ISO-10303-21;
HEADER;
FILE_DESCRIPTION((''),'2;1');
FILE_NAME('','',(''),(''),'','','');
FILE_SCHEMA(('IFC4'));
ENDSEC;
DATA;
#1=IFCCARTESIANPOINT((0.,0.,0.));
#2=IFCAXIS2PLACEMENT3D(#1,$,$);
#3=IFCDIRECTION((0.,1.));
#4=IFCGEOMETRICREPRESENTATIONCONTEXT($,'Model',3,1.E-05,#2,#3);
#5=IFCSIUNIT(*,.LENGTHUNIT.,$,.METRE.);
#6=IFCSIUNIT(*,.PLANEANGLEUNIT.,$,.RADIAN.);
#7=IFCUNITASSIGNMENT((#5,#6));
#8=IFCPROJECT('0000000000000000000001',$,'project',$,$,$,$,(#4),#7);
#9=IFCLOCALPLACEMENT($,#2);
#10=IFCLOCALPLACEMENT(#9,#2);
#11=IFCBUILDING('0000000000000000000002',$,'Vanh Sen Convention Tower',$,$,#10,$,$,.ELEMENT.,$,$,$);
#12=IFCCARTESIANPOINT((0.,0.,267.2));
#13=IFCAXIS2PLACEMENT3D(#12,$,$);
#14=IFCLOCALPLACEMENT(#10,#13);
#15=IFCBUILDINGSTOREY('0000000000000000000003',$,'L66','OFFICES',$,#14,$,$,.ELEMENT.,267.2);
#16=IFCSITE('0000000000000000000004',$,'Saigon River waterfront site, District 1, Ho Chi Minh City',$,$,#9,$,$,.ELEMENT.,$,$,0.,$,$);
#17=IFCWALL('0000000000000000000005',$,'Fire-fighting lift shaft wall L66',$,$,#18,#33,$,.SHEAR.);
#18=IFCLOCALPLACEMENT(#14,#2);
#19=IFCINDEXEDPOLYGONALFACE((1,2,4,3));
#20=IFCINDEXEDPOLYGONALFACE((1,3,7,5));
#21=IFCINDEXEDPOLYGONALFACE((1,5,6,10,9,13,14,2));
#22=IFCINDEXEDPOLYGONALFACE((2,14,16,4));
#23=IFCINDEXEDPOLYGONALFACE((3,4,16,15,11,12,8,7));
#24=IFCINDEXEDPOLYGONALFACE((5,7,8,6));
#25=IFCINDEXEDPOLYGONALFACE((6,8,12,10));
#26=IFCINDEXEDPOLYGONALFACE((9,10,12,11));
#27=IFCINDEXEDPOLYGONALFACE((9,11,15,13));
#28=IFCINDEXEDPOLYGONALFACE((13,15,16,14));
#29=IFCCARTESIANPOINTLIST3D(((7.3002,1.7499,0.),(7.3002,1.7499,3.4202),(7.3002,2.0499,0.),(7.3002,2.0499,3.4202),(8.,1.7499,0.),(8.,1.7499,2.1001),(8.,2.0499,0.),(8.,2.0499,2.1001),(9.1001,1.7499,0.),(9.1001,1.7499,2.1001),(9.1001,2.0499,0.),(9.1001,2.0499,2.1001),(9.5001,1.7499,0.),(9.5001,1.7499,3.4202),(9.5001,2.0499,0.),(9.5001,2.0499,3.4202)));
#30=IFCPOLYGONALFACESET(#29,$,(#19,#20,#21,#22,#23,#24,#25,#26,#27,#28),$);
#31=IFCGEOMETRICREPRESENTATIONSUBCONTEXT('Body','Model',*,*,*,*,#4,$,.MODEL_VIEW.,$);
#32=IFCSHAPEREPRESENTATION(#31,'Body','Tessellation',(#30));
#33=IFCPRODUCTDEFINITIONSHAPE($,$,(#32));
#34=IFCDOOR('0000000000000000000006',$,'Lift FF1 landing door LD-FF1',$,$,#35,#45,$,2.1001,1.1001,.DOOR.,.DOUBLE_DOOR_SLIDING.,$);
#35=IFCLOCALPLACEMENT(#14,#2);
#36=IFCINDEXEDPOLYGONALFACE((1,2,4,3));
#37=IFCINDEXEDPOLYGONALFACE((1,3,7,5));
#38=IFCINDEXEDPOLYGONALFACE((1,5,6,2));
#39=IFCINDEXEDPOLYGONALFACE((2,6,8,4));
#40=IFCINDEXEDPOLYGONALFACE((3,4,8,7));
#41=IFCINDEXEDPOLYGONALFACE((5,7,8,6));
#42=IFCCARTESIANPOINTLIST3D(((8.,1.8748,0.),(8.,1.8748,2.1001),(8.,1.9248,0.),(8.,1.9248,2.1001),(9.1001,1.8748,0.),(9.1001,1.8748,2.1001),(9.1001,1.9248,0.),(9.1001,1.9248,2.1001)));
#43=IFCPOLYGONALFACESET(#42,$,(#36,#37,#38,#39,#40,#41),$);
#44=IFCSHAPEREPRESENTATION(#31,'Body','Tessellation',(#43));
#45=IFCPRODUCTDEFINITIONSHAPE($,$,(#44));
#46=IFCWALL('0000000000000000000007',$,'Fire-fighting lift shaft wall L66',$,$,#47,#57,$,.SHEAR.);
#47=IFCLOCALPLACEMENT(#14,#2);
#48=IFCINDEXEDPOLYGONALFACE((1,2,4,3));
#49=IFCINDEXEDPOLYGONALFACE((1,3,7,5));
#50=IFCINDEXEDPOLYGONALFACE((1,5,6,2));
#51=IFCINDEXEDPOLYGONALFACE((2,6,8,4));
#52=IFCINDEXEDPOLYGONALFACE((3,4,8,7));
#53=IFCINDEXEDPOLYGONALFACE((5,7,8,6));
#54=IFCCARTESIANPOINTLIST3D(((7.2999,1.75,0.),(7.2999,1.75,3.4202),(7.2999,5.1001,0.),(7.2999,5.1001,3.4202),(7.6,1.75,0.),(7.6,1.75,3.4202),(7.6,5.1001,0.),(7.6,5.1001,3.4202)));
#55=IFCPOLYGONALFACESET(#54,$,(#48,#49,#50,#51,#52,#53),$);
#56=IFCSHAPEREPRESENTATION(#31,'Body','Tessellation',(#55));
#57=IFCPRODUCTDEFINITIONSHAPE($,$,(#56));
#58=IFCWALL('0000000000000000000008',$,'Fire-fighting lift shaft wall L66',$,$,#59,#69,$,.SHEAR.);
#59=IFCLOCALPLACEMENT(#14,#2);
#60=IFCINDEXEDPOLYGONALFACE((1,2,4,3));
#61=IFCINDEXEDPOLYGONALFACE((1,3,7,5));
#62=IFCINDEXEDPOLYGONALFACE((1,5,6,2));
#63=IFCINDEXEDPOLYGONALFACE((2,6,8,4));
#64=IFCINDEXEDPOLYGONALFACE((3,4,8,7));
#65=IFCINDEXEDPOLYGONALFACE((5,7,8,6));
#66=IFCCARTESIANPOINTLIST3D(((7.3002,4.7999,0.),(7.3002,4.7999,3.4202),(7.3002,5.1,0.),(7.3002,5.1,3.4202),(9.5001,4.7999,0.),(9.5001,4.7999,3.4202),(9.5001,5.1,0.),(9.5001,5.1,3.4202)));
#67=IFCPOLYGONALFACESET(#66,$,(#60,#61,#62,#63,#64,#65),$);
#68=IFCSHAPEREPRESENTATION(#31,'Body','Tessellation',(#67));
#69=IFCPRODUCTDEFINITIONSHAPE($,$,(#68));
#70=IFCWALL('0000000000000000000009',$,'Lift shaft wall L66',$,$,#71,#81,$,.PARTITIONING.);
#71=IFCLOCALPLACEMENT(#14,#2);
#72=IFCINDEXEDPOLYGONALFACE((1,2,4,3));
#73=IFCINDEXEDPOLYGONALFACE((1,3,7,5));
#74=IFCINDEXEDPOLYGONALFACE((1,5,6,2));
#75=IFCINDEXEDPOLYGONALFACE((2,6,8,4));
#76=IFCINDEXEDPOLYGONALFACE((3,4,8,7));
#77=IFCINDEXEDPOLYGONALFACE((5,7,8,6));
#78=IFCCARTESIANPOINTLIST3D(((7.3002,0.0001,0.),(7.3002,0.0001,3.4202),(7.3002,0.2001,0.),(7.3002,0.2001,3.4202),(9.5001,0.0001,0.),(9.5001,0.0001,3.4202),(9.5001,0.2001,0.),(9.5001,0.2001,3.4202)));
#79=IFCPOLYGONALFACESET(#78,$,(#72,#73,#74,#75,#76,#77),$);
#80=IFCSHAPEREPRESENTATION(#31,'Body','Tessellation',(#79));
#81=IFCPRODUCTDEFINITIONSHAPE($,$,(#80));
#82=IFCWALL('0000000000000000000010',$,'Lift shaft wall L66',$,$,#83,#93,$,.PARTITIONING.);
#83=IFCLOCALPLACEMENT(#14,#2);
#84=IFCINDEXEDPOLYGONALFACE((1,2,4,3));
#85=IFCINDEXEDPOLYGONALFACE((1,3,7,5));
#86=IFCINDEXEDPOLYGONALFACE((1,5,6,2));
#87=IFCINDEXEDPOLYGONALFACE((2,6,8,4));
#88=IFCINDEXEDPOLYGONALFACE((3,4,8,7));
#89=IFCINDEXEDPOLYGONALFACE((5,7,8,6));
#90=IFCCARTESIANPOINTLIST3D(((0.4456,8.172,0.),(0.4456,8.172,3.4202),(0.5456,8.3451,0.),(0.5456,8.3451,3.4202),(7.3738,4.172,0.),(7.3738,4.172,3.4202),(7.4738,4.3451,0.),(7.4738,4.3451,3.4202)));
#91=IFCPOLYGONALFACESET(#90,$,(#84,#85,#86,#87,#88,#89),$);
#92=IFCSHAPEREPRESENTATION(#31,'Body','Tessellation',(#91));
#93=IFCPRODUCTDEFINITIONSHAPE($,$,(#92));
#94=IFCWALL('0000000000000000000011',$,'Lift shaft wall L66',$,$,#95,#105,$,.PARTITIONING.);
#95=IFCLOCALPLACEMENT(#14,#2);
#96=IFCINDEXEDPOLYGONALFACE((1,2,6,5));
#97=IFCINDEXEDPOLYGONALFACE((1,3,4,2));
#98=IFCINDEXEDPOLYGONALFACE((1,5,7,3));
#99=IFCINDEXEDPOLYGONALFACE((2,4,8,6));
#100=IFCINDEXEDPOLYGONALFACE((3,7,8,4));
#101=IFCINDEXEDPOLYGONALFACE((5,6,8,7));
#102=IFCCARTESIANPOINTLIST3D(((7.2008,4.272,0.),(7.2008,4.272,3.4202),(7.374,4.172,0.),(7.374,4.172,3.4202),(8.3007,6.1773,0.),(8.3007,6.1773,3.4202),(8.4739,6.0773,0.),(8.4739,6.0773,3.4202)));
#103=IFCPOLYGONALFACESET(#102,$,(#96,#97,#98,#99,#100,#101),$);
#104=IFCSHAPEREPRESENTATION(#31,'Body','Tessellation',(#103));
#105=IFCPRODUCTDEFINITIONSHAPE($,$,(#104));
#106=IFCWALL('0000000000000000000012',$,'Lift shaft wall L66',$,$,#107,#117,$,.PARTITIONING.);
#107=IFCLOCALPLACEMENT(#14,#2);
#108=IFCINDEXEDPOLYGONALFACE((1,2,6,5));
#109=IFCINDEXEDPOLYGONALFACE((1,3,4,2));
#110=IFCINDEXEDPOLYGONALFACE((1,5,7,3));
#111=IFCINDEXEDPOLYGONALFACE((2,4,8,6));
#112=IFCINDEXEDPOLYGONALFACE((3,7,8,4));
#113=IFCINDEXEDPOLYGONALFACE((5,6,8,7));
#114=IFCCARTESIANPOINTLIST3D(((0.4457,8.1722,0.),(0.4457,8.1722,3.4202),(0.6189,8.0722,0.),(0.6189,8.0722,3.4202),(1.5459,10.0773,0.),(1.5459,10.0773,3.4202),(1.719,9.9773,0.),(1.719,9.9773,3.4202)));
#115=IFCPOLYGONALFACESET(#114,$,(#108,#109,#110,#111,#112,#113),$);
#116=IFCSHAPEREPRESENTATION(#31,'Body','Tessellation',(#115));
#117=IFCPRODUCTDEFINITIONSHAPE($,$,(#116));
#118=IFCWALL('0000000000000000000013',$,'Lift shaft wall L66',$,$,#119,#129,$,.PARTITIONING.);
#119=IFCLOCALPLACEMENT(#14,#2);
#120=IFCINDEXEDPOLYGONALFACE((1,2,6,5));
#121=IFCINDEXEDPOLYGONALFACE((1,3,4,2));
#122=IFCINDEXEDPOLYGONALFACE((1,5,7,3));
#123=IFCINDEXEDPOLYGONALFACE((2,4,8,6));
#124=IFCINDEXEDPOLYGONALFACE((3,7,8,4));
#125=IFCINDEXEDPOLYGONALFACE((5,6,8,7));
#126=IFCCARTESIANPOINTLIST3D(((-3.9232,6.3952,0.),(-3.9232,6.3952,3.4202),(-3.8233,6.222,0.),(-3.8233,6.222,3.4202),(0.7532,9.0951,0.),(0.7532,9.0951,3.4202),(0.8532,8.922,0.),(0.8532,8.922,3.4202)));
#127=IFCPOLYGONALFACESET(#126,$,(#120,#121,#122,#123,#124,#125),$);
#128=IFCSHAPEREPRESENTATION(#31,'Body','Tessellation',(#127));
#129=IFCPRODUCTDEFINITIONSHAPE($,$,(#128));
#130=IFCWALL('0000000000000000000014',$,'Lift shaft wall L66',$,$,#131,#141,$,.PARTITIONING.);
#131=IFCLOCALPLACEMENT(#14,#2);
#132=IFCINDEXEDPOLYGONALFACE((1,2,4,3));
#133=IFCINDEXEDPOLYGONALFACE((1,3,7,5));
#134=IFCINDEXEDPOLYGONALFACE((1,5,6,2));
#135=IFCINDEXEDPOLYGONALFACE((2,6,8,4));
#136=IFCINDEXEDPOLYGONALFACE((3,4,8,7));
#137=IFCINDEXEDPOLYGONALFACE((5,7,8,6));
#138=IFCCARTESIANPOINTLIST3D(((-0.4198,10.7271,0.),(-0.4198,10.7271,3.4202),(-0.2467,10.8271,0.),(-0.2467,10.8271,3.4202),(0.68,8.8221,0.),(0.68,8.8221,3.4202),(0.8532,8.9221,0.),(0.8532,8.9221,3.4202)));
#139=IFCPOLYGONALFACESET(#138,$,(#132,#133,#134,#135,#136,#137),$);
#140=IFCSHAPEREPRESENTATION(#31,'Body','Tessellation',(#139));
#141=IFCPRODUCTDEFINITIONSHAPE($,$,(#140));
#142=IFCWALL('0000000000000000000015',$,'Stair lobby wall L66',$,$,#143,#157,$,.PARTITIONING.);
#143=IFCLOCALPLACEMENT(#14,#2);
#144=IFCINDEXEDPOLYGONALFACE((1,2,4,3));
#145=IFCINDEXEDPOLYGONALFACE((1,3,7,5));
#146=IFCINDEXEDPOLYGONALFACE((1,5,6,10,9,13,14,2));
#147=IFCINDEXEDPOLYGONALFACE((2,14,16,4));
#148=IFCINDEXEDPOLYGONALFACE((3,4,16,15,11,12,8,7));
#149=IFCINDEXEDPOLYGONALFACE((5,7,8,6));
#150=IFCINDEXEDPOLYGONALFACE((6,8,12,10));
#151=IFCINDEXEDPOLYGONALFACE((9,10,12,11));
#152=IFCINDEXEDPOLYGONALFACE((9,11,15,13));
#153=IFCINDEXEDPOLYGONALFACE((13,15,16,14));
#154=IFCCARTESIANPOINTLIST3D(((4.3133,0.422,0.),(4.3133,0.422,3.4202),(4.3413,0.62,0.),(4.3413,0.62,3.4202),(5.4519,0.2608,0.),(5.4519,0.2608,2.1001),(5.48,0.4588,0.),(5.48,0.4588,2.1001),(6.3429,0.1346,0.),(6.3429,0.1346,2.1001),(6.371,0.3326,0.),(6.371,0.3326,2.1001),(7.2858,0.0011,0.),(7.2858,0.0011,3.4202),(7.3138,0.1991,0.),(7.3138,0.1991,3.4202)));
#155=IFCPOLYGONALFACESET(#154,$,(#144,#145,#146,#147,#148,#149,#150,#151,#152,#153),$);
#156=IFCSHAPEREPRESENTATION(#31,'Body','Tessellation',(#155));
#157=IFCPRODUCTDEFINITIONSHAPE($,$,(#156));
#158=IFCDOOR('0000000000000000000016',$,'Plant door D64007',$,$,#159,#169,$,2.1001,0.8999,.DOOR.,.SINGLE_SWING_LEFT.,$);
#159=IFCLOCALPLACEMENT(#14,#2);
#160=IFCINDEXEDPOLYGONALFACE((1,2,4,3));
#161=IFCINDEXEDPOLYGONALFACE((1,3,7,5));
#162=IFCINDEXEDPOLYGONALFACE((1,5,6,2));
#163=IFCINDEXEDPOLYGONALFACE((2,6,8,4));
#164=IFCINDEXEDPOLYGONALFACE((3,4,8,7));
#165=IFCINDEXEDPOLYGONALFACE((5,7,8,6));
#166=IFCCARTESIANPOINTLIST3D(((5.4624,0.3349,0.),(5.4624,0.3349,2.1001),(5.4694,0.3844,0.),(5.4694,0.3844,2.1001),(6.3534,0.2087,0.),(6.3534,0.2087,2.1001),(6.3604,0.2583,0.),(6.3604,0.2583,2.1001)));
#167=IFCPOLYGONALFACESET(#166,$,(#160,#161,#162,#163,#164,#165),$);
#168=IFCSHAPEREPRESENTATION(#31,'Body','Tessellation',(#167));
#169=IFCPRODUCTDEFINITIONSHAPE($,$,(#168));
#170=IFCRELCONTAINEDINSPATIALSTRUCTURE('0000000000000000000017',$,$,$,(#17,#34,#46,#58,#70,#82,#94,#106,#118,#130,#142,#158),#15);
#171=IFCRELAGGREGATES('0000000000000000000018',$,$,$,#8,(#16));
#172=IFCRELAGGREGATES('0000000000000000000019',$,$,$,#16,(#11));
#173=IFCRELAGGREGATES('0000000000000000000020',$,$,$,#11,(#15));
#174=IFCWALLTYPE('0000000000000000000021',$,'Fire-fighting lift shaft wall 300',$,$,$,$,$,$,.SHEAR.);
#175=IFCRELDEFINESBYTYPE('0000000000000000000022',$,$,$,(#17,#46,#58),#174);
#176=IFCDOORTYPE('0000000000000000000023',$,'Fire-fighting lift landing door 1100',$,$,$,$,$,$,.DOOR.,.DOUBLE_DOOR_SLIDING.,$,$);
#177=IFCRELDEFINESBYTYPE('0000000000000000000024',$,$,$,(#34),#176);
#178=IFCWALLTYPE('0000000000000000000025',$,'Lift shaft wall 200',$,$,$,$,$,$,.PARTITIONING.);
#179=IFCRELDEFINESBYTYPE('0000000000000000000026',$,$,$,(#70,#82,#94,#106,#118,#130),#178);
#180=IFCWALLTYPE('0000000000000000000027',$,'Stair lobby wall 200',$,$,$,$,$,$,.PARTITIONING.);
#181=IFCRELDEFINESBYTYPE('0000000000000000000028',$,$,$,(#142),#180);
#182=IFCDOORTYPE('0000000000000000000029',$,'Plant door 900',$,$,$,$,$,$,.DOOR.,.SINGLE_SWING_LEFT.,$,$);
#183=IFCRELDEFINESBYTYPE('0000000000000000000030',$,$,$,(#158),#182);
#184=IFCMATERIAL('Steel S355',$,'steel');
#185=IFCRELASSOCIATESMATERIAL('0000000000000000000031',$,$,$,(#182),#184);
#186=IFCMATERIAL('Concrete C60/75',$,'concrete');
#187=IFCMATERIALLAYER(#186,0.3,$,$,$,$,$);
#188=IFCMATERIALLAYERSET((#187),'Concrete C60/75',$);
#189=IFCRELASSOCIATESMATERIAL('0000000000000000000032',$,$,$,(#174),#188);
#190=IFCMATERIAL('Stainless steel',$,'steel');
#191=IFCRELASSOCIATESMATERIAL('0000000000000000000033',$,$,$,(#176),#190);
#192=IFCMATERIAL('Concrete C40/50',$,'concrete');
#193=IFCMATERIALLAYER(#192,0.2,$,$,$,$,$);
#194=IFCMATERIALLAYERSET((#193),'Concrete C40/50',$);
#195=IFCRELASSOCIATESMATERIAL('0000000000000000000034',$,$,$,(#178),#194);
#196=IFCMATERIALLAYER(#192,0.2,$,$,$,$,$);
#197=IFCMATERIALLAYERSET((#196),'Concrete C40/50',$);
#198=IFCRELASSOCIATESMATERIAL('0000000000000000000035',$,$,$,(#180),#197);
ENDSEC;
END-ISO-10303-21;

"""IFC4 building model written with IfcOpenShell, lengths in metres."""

from ifc_helpers import new_model, si_unit, direction, frame, frame_2d, origin, place, context, subcontext, project, spatial, rectangle, extrude, material, layer, layer_set, type_object, element, fill, save


model = new_model("IFC4")

# Units and contexts
model_context = context("Model", 3, precision=1e-05, world=origin(), true_north=direction((0.0, 1.0)))
body_context = subcontext(model_context, "Body", "Model", "MODEL_VIEW")
ifc_project = project(units=[si_unit("LENGTHUNIT", "METRE"), si_unit("PLANEANGLEUNIT", "RADIAN")], contexts=[model_context])

# Site, building, storey
site_placement = place(None, origin())
site = spatial("IfcSite", under=ifc_project, at=site_placement, Name="Saigon River waterfront site, District 1, Ho Chi Minh City", CompositionType="ELEMENT", RefElevation=0.0)
building_placement = place(site_placement, origin())
building = spatial("IfcBuilding", under=site, at=building_placement, Name="Vanh Sen Convention Tower", CompositionType="ELEMENT")
storey_placement = place(building_placement, frame((0.0, 0.0, 267.2)))
storey = spatial("IfcBuildingStorey", under=building, at=storey_placement, Name="L66", Description="OFFICES", CompositionType="ELEMENT", Elevation=267.2)

# Shared definitions
ifc_material_1 = material(Name="Concrete C40/50", Category="concrete")

# Shared definitions
ifc_material_2 = material(Name="Concrete C60/75", Category="concrete")
ifc_material_3 = material(Name="Steel S355", Category="steel")
door_type_1 = type_object("IfcDoorType", Name="Plant door 900", OperationType="SINGLE_SWING_LEFT", PredefinedType="DOOR", material=ifc_material_3)

# Wall, opening, door
ifc_layer_1 = layer(ifc_material_2, 0.3)
ifc_layer_set_1 = layer_set([ifc_layer_1], Name="Concrete C60/75")
wall_type_1 = type_object("IfcWallType", Name="Fire-fighting lift shaft wall 300", PredefinedType="SHEAR", material=ifc_layer_set_1)
wall_1_placement = place(storey_placement, frame((7.3, 1.8999, 0.0), z_axis=(0.0, 0.0, 1.0), x_axis=(1.0, 0.0, 0.0)))
wall_1 = element("IfcWall", 1, at=wall_1_placement, inside=storey, type_object=wall_type_1, Name="Fire-fighting lift shaft wall L66", PredefinedType="SHEAR", context=body_context, shape_type="SweptSolid", body=[
    extrude(rectangle(XDim=2.2, YDim=0.3, at=frame_2d((1.1001, 0.0))), origin(), (0.0, 0.0, 1.0), 3.4202),
])
opening_1_placement = place(wall_1_placement, frame((0.7, 0.0, 0.0)))
opening_1 = element("IfcOpeningElement", 2, at=opening_1_placement, cuts=wall_1, PredefinedType="OPENING", context=body_context, shape_type="SweptSolid", body=[
    extrude(rectangle(XDim=1.1001, YDim=2.1001, at=frame_2d((0.55, 1.05))), frame((0.0, 0.1599, 0.0), z_axis=(0.0, -1.0, 0.0), x_axis=(1.0, 0.0, 0.0)), (0.0, 0.0, 1.0), 0.3201),
])
ifc_material_4 = material(Name="Stainless steel", Category="steel")
door_type_2 = type_object("IfcDoorType", Name="Fire-fighting lift landing door 1100", OperationType="DOUBLE_DOOR_SLIDING", PredefinedType="DOOR", material=ifc_material_4)
door_1_placement = place(opening_1_placement, origin())
door_1 = element("IfcDoor", 3, at=door_1_placement, inside=storey, type_object=door_type_2, Name="Lift FF1 landing door LD-FF1", OperationType="DOUBLE_DOOR_SLIDING", OverallHeight=2.1001, OverallWidth=1.1001, PredefinedType="DOOR", context=body_context, shape_type="SweptSolid", body=[
    extrude(rectangle(XDim=1.1001, YDim=2.1001, at=frame_2d((0.55, 1.05))), frame((0.0, 0.0249, 0.0), z_axis=(0.0, -1.0, 0.0), x_axis=(1.0, 0.0, 0.0)), (0.0, 0.0, 1.0), 0.05),
])
fill(opening_1, door_1)

# Walls
wall_2_placement = place(storey_placement, frame((7.45, 1.75, 0.0), z_axis=(0.0, 0.0, 1.0), x_axis=(0.0, 1.0, 0.0)))
element("IfcWall", 4, at=wall_2_placement, inside=storey, type_object=wall_type_1, Name="Fire-fighting lift shaft wall L66", PredefinedType="SHEAR", context=body_context, shape_type="SweptSolid", body=[
    extrude(rectangle(XDim=3.3501, YDim=0.3, at=frame_2d((1.675, 0.0))), origin(), (0.0, 0.0, 1.0), 3.4202),
])
wall_3_placement = place(storey_placement, frame((7.3, 4.95, 0.0), z_axis=(0.0, 0.0, 1.0), x_axis=(1.0, 0.0, 0.0)))
element("IfcWall", 5, at=wall_3_placement, inside=storey, type_object=wall_type_1, Name="Fire-fighting lift shaft wall L66", PredefinedType="SHEAR", context=body_context, shape_type="SweptSolid", body=[
    extrude(rectangle(XDim=2.2, YDim=0.3, at=frame_2d((1.1001, 0.0))), origin(), (0.0, 0.0, 1.0), 3.4202),
])
ifc_layer_2 = layer(ifc_material_1, 0.2)
ifc_layer_set_2 = layer_set([ifc_layer_2], Name="Concrete C40/50")
wall_type_2 = type_object("IfcWallType", Name="Lift shaft wall 200", PredefinedType="PARTITIONING", material=ifc_layer_set_2)
wall_4_placement = place(storey_placement, frame((7.3, 0.1001, 0.0), z_axis=(0.0, 0.0, 1.0), x_axis=(1.0, 0.0, 0.0)))
element("IfcWall", 6, at=wall_4_placement, inside=storey, type_object=wall_type_2, Name="Lift shaft wall L66", PredefinedType="PARTITIONING", context=body_context, shape_type="SweptSolid", body=[
    extrude(rectangle(XDim=2.2, YDim=0.2, at=frame_2d((1.1001, 0.0))), origin(), (0.0, 0.0, 1.0), 3.4202),
])
wall_5_placement = place(storey_placement, frame((7.4238, 4.2585, 0.0), z_axis=(0.0, 0.0, 1.0), x_axis=(-0.866026, 0.499999, 0.0)))
element("IfcWall", 7, at=wall_5_placement, inside=storey, type_object=wall_type_2, Name="Lift shaft wall L66", PredefinedType="PARTITIONING", context=body_context, shape_type="SweptSolid", body=[
    extrude(rectangle(XDim=8.0, YDim=0.2, at=frame_2d((4.0, 0.0))), origin(), (0.0, 0.0, 1.0), 3.4202),
])
for number, where, z_axis, x_axis, name in (
    (8, (7.2874, 4.2219, 0.0), (0.0, 0.0, 1.0), (0.499947, 0.866056, 0.0), "Lift shaft wall L66"),
    (9, (0.5322, 8.1221, 0.0), (0.0, 0.0, 1.0), (0.500078, 0.86598, 0.0), "Lift shaft wall L66"),
):
    element("IfcWall", number, at=place(storey_placement, frame(where, z_axis=z_axis, x_axis=x_axis)), inside=storey, type_object=wall_type_2, Name=name, PredefinedType="PARTITIONING", context=body_context, shape_type="SweptSolid", body=[
        extrude(rectangle(XDim=2.2, YDim=0.2, at=frame_2d((1.1001, 0.0))), origin(), (0.0, 0.0, 1.0), 3.4202),
    ])
wall_6_placement = place(storey_placement, frame((0.8032, 9.0085, 0.0), z_axis=(0.0, 0.0, 1.0), x_axis=(-0.866028, -0.499995, 0.0)))
element("IfcWall", 10, at=wall_6_placement, inside=storey, type_object=wall_type_2, Name="Lift shaft wall L66", PredefinedType="PARTITIONING", context=body_context, shape_type="SweptSolid", body=[
    extrude(rectangle(XDim=5.3999, YDim=0.2, at=frame_2d((2.7, 0.0))), origin(), (0.0, 0.0, 1.0), 3.4202),
])
wall_7_placement = place(storey_placement, frame((0.7666, 8.8721, 0.0), z_axis=(0.0, 0.0, 1.0), x_axis=(-0.499995, 0.866028, 0.0)))
element("IfcWall", 11, at=wall_7_placement, inside=storey, type_object=wall_type_2, Name="Lift shaft wall L66", PredefinedType="PARTITIONING", context=body_context, shape_type="SweptSolid", body=[
    extrude(rectangle(XDim=2.1997, YDim=0.2, at=frame_2d((1.0999, 0.0))), origin(), (0.0, 0.0, 1.0), 3.4202),
])

# Wall, opening, door
ifc_layer_3 = layer(ifc_material_1, 0.2)
ifc_layer_set_3 = layer_set([ifc_layer_3], Name="Concrete C40/50")
wall_type_3 = type_object("IfcWallType", Name="Stair lobby wall 200", PredefinedType="PARTITIONING", material=ifc_layer_set_3)
wall_8_placement = place(storey_placement, frame((4.3274, 0.521, 0.0), z_axis=(0.0, 0.0, 1.0), x_axis=(0.990124, -0.140192, 0.0)))
wall_8 = element("IfcWall", 12, at=wall_8_placement, inside=storey, type_object=wall_type_3, Name="Stair lobby wall L66", PredefinedType="PARTITIONING", context=body_context, shape_type="SweptSolid", body=[
    extrude(rectangle(XDim=3.0022, YDim=0.2, at=frame_2d((1.501, 0.0))), origin(), (0.0, 0.0, 1.0), 3.4202),
])
opening_2_placement = place(wall_8_placement, frame((1.1499, 0.0, 0.0)))
opening_2 = element("IfcOpeningElement", 13, at=opening_2_placement, cuts=wall_8, PredefinedType="OPENING", context=body_context, shape_type="SweptSolid", body=[
    extrude(rectangle(XDim=0.8999, YDim=2.1001, at=frame_2d((0.45, 1.05))), frame((0.0, 0.1099, 0.0), z_axis=(0.0, -1.0, 0.0), x_axis=(1.0, 0.0, 0.0)), (0.0, 0.0, 1.0), 0.22),
])
door_2_placement = place(opening_2_placement, origin())
door_2 = element("IfcDoor", 14, at=door_2_placement, inside=storey, type_object=door_type_1, Name="Plant door D64007", OperationType="SINGLE_SWING_LEFT", OverallHeight=2.1001, OverallWidth=0.8999, PredefinedType="DOOR", context=body_context, shape_type="SweptSolid", body=[
    extrude(rectangle(XDim=0.8999, YDim=2.1001, at=frame_2d((0.45, 1.05))), frame((0.0, 0.0249, 0.0), z_axis=(0.0, -1.0, 0.0), x_axis=(1.0, 0.0, 0.0)), (0.0, 0.0, 1.0), 0.05),
])
fill(opening_2, door_2)

save(model, "model.ifc")
